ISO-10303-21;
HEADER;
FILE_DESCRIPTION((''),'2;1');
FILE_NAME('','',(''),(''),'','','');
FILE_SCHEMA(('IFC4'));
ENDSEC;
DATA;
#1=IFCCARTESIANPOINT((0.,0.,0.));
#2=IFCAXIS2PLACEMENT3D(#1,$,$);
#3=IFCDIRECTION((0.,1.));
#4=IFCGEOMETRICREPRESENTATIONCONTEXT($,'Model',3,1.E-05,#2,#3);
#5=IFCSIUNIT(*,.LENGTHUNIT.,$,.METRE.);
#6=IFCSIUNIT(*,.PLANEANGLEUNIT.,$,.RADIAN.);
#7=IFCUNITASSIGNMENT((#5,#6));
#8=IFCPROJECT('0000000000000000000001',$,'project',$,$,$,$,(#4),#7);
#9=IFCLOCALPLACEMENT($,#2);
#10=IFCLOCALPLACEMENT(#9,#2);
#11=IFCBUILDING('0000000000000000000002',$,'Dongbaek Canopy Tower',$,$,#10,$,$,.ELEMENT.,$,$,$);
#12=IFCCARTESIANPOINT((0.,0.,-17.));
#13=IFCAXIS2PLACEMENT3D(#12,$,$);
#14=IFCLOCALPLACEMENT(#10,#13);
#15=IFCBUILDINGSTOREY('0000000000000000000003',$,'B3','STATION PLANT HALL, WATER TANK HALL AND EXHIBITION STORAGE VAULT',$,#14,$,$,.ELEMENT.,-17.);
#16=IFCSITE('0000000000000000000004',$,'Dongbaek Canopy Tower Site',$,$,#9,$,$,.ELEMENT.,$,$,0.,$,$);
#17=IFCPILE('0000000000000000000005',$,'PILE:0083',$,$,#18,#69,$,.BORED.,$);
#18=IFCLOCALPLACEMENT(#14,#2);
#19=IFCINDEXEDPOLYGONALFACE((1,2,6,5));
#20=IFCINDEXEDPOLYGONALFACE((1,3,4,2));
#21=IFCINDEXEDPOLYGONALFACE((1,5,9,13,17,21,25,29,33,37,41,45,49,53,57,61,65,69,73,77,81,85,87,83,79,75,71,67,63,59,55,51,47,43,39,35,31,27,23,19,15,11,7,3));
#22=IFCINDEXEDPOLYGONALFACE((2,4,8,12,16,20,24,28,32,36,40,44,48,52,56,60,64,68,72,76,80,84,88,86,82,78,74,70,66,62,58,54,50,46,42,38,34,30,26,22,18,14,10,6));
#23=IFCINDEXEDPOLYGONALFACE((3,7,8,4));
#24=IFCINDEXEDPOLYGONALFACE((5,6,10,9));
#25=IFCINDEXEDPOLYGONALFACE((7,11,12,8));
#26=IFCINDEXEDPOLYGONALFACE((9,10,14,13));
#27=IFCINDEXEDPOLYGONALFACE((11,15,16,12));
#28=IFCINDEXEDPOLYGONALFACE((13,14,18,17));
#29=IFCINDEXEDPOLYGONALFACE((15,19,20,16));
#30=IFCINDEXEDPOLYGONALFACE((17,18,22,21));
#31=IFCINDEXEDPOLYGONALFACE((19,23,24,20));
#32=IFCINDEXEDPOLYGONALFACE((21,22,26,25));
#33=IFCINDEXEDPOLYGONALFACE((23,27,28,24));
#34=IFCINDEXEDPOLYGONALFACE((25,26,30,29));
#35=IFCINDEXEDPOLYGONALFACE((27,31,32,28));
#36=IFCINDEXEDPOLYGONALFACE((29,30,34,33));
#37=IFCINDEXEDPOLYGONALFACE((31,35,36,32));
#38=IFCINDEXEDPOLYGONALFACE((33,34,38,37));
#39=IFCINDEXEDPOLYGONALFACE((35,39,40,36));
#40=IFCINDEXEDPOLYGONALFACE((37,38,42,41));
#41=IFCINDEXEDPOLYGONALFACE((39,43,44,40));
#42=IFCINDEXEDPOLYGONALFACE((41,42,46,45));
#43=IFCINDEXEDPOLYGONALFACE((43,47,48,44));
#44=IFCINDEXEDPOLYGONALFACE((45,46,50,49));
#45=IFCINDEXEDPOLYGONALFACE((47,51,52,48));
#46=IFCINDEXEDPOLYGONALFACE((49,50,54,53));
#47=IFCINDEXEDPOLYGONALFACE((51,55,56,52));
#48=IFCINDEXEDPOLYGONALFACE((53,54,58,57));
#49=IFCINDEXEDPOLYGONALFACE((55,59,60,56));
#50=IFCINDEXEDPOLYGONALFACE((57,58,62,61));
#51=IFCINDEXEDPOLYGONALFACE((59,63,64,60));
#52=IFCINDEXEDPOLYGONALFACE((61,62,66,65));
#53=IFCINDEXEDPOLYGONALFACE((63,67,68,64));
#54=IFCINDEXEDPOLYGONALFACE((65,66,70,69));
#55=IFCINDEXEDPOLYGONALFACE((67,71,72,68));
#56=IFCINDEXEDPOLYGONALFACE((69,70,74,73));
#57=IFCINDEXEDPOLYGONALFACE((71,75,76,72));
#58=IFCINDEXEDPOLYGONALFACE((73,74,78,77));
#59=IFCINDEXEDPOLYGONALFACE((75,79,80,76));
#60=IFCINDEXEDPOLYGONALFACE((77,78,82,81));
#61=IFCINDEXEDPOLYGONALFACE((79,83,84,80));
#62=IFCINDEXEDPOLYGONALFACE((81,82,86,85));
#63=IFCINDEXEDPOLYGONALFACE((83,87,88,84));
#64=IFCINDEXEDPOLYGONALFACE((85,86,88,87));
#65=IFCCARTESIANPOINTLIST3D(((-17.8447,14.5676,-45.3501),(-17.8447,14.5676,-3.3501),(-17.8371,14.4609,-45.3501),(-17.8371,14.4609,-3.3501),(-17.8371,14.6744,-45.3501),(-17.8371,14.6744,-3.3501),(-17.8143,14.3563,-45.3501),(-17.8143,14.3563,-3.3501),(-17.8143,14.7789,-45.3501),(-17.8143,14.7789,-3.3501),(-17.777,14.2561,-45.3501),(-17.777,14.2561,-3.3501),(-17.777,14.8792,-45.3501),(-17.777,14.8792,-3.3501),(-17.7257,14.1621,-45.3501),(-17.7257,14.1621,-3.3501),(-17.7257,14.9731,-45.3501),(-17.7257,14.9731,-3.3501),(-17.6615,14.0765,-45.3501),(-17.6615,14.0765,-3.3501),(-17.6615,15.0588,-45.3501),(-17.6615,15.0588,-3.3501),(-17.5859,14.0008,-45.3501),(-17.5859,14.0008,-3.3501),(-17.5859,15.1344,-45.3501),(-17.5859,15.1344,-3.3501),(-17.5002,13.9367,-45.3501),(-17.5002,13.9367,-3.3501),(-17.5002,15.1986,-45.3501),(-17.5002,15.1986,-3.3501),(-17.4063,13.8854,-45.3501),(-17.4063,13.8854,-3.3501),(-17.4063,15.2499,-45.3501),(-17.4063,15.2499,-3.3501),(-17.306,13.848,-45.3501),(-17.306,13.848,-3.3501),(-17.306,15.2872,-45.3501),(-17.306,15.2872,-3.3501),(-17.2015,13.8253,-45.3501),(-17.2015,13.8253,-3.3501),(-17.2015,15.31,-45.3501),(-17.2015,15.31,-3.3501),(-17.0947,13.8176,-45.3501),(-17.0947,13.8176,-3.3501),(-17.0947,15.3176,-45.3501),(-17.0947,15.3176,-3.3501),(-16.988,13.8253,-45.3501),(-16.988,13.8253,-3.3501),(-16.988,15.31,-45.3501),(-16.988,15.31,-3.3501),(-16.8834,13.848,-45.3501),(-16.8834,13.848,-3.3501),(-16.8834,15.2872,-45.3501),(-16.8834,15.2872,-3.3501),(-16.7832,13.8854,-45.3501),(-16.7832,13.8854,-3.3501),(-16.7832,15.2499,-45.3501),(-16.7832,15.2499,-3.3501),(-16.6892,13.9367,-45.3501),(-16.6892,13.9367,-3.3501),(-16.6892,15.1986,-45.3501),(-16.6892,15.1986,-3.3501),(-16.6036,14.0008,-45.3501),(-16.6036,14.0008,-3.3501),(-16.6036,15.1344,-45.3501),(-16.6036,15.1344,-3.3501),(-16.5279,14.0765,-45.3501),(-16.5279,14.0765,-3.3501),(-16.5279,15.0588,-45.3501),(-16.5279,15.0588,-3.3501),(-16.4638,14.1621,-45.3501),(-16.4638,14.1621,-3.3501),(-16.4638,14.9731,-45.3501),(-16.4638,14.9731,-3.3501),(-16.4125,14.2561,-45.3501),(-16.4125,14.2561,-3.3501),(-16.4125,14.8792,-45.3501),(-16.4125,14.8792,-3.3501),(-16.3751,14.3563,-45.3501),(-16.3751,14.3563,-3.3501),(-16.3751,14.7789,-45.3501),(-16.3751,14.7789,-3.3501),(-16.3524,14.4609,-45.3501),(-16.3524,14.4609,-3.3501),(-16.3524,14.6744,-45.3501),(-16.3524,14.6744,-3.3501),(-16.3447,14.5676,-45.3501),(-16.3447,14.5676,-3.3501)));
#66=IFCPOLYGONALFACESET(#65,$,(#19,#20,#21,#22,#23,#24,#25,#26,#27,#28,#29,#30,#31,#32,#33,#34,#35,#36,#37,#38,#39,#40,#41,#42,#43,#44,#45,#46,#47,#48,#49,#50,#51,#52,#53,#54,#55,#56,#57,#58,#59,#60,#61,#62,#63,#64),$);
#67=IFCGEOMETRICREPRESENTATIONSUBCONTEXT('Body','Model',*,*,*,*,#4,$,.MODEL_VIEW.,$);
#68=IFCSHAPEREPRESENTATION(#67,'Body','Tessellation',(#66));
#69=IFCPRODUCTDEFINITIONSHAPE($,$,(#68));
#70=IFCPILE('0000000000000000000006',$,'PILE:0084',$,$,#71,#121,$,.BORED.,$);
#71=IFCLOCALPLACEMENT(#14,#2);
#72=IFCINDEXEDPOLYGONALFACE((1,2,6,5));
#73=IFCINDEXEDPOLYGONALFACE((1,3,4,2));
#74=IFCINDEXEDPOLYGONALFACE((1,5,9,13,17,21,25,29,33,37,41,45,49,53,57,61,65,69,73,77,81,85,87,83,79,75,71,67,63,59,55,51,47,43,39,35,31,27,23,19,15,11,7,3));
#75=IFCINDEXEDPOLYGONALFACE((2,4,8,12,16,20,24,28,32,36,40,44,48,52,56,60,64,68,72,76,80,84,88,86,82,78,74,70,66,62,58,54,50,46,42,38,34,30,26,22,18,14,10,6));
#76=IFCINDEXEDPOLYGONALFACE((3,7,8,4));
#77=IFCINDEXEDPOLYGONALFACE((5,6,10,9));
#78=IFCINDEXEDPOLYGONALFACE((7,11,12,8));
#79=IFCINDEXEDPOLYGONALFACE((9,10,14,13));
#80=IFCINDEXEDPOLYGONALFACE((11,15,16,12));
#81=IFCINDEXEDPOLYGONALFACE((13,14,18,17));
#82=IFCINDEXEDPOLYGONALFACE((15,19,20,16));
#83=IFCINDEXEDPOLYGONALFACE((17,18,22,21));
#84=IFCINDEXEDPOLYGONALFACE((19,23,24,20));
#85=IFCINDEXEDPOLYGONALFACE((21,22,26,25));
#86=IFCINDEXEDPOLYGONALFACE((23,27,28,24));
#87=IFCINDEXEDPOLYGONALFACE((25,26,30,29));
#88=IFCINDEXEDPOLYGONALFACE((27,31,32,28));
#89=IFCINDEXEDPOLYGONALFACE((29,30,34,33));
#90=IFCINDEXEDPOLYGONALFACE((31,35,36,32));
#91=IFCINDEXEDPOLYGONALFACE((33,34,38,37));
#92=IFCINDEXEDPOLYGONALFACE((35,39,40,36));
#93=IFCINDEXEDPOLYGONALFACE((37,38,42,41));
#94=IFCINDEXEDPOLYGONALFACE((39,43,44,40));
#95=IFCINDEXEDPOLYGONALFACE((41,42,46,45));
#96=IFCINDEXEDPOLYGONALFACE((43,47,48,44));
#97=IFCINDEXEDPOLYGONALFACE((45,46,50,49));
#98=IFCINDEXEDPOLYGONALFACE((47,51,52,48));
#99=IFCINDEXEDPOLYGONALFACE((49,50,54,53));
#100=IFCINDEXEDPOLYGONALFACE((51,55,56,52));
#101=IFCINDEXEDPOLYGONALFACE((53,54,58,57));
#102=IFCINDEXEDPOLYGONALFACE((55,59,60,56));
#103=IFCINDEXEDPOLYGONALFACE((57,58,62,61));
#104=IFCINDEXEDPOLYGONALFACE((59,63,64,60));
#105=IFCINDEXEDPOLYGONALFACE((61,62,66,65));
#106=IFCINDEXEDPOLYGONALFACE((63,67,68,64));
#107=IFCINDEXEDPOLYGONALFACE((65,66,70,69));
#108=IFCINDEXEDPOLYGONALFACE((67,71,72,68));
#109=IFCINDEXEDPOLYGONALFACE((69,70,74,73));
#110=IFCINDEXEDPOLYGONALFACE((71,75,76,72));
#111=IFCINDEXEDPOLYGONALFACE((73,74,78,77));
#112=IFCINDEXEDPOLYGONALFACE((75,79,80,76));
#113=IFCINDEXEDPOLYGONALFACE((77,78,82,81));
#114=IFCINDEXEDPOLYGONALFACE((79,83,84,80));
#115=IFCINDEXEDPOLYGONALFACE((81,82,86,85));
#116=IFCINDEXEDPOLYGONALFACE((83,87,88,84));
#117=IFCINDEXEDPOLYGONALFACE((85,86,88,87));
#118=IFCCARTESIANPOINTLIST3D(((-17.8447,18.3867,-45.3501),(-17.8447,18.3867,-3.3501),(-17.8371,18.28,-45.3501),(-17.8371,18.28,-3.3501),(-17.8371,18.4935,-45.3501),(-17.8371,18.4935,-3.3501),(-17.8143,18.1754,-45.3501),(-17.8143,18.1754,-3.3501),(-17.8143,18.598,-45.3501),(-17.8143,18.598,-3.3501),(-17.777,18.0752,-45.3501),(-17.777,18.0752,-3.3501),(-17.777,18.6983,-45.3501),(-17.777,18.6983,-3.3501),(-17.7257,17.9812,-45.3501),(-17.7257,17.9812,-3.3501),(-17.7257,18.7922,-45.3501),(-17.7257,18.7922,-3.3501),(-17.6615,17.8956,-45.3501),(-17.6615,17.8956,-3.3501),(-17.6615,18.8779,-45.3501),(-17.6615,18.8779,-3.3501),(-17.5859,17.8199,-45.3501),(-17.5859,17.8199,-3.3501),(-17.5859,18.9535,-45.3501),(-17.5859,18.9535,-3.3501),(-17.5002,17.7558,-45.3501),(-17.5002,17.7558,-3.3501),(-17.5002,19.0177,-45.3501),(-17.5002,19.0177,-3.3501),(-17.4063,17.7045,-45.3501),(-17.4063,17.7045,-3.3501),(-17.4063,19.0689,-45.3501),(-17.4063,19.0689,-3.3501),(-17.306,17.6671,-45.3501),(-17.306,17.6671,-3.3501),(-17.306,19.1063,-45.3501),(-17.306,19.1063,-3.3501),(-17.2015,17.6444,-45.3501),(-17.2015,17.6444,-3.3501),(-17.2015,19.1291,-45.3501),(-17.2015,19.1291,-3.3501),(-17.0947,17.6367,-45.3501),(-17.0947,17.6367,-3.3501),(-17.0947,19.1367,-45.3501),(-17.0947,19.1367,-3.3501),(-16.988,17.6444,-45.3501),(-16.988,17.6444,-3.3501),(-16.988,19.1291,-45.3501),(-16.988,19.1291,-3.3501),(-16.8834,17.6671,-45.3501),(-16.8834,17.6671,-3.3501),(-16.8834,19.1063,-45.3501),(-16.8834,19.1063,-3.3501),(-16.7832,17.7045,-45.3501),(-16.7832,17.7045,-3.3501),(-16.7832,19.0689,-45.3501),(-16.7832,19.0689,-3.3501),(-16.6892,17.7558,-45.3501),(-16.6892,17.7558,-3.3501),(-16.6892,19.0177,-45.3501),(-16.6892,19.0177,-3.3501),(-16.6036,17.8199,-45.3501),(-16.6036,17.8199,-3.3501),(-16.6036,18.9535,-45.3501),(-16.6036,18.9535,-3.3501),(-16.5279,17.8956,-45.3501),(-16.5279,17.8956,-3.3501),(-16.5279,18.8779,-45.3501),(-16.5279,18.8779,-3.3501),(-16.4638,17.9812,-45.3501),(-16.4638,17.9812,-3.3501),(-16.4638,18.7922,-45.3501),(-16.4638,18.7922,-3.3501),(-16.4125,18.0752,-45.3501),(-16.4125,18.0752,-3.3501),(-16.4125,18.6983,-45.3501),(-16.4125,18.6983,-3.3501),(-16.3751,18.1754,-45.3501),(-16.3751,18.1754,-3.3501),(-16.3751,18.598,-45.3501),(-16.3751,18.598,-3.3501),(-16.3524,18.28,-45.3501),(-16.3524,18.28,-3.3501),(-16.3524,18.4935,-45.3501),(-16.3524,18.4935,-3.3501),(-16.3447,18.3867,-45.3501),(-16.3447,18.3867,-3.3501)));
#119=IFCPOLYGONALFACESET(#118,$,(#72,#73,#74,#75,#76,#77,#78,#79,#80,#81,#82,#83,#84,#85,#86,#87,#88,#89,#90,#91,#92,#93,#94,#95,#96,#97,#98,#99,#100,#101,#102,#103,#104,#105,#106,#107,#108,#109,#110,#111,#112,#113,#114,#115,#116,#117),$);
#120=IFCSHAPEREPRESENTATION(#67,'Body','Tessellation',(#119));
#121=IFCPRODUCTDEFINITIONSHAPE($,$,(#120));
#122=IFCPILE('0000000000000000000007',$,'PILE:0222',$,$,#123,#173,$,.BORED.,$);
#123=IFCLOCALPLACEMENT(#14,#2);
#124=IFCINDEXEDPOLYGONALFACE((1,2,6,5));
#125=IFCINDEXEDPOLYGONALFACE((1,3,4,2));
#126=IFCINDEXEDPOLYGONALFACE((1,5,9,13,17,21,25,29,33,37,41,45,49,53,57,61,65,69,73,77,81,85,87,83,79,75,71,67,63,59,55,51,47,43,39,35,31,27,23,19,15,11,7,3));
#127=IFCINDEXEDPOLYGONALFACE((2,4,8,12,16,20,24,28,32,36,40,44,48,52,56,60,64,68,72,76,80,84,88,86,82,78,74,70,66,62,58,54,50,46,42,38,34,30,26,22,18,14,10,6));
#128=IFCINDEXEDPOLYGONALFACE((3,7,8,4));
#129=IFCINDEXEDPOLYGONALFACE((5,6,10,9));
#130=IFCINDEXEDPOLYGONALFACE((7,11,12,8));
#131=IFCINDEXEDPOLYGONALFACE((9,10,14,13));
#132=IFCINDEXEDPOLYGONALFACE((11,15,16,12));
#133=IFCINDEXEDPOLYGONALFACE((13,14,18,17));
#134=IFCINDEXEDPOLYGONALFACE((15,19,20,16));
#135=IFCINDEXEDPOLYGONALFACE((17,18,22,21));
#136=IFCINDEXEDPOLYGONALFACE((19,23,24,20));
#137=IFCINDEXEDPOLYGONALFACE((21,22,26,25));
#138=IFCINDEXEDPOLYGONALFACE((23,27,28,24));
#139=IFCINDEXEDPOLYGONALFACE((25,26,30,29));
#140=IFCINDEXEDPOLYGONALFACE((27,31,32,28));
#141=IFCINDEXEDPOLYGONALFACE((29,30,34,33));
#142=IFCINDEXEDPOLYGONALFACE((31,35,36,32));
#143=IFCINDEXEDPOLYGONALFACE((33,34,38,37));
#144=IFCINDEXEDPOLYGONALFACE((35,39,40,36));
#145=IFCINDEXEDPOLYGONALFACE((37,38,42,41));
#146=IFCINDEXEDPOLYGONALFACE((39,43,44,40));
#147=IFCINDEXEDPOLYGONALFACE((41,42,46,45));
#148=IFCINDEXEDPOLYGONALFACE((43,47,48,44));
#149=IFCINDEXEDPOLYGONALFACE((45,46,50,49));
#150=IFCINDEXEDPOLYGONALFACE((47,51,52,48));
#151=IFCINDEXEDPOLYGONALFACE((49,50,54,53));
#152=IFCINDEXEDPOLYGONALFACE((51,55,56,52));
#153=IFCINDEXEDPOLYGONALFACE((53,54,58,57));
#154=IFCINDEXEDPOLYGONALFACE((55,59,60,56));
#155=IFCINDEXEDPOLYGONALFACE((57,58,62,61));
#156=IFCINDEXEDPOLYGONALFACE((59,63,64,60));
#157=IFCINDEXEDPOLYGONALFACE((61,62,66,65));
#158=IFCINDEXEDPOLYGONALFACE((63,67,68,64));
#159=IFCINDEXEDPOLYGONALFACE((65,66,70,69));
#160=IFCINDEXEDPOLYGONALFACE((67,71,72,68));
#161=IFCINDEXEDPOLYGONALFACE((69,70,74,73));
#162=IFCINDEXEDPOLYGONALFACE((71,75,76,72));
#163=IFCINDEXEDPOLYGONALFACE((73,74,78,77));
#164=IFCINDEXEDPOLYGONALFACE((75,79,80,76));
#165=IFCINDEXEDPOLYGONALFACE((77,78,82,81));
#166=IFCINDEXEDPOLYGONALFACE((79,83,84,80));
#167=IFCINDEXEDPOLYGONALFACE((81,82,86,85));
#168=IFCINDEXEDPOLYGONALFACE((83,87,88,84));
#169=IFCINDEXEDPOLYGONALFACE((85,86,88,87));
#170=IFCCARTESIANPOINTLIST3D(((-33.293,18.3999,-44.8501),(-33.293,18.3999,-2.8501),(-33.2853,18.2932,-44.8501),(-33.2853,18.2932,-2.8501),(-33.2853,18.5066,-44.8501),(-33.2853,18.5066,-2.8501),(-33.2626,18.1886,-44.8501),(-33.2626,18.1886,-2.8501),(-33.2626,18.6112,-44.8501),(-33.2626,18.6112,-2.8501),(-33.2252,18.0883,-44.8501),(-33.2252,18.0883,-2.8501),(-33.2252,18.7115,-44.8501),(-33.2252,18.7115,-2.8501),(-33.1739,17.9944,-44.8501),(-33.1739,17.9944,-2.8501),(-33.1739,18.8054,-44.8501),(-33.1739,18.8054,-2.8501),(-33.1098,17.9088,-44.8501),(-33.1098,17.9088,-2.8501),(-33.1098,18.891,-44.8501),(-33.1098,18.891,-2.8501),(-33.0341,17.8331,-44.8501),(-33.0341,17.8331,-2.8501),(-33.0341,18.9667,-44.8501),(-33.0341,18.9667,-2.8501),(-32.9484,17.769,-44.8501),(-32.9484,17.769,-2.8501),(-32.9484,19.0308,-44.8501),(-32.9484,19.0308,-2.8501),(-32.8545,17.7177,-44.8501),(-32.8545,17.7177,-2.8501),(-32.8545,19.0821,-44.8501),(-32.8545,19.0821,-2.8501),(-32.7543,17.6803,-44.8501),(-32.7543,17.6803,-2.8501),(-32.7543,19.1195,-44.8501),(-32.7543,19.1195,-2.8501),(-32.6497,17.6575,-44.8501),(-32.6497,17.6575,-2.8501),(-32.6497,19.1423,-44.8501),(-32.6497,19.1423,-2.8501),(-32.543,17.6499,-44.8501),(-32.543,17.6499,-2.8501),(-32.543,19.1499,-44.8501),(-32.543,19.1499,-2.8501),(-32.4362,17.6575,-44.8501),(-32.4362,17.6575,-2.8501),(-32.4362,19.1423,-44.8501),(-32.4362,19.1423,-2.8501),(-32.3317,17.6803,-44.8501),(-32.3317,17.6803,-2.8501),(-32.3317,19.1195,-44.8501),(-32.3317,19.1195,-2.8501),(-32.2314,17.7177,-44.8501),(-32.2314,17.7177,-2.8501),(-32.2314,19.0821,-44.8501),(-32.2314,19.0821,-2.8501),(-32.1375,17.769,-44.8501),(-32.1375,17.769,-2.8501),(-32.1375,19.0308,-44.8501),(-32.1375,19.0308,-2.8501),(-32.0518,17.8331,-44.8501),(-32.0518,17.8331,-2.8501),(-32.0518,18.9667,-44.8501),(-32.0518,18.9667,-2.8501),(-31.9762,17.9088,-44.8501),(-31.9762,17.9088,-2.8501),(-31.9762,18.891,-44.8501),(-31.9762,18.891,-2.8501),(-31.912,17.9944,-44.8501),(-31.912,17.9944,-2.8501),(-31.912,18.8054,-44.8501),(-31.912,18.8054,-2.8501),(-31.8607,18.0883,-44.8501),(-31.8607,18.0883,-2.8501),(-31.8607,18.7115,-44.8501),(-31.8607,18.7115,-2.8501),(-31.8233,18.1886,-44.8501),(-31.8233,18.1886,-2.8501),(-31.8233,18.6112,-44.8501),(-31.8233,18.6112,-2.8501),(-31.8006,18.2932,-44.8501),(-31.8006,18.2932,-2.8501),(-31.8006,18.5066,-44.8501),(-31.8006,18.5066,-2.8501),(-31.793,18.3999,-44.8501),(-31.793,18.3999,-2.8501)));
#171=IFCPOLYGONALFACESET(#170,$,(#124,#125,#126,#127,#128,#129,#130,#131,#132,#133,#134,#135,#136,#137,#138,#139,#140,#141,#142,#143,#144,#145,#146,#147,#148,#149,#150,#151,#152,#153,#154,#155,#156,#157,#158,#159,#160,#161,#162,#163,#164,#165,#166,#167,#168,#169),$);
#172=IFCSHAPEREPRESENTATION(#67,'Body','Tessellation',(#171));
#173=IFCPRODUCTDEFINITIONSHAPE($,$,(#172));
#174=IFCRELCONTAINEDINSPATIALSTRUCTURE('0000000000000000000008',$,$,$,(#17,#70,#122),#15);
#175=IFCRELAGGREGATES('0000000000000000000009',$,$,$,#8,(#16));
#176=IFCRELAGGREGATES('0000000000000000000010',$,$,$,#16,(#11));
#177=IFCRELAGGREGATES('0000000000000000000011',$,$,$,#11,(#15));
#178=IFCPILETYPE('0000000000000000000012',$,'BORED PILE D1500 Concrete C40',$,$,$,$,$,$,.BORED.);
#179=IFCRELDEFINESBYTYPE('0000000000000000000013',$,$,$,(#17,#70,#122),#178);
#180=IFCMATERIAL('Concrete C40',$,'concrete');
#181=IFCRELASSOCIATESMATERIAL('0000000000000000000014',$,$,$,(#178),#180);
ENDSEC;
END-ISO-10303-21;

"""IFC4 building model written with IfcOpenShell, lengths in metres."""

from ifc_helpers import new_model, si_unit, direction, frame, origin, origin_2d, place, context, subcontext, project, spatial, circle, extrude, material, material_profile, profile_set, type_object, element, save


model = new_model("IFC4")

# Units and contexts
model_context = context("Model", 3, precision=1e-05, world=origin(), true_north=direction((0.0, 1.0)))
body_context = subcontext(model_context, "Body", "Model", "MODEL_VIEW")
ifc_project = project(units=[si_unit("LENGTHUNIT", "METRE"), si_unit("PLANEANGLEUNIT", "RADIAN")], contexts=[model_context])

# Site, building, storey
site_placement = place(None, origin())
site = spatial("IfcSite", under=ifc_project, at=site_placement, Name="Dongbaek Canopy Tower Site", CompositionType="ELEMENT", RefElevation=0.0)
building_placement = place(site_placement, origin())
building = spatial("IfcBuilding", under=site, at=building_placement, Name="Dongbaek Canopy Tower", CompositionType="ELEMENT")
storey_placement = place(building_placement, frame((0.0, 0.0, -17.0)))
storey = spatial("IfcBuildingStorey", under=building, at=storey_placement, Name="B3", Description="STATION PLANT HALL, WATER TANK HALL AND EXHIBITION STORAGE VAULT", CompositionType="ELEMENT", Elevation=-17.0)

# Piles
ifc_material_1 = material(Name="Concrete C40", Category="concrete")
ifc_material_profile_1 = material_profile(ifc_material_1, circle(Radius=0.75, at=origin_2d()), Name="BORED PILE D1500 Concrete C40")
ifc_profile_set_1 = profile_set([ifc_material_profile_1], Name="Concrete C40")
pile_type = type_object("IfcPileType", Name="BORED PILE D1500 Concrete C40", PredefinedType="BORED", material=ifc_profile_set_1)
for number, where, z_axis, x_axis, name in (
    (1, (-17.0947, 14.5676, -3.3501), (0.0, 0.0, -1.0), (1.0, 0.0, 0.0), "PILE:0083"),
    (2, (-17.0947, 18.3867, -3.3501), (0.0, 0.0, -1.0), (1.0, 0.0, 0.0), "PILE:0084"),
    (3, (-32.543, 18.3999, -2.8501), (0.0, 0.0, -1.0), (1.0, 0.0, 0.0), "PILE:0222"),
):
    element("IfcPile", number, at=place(storey_placement, frame(where, z_axis=z_axis, x_axis=x_axis)), inside=storey, type_object=pile_type, Name=name, PredefinedType="BORED", context=body_context, shape_type="SweptSolid", body=[
        extrude(circle(Radius=0.75, at=origin_2d()), origin(), (0.0, 0.0, 1.0), 42.0),
    ])

save(model, "model.ifc")
